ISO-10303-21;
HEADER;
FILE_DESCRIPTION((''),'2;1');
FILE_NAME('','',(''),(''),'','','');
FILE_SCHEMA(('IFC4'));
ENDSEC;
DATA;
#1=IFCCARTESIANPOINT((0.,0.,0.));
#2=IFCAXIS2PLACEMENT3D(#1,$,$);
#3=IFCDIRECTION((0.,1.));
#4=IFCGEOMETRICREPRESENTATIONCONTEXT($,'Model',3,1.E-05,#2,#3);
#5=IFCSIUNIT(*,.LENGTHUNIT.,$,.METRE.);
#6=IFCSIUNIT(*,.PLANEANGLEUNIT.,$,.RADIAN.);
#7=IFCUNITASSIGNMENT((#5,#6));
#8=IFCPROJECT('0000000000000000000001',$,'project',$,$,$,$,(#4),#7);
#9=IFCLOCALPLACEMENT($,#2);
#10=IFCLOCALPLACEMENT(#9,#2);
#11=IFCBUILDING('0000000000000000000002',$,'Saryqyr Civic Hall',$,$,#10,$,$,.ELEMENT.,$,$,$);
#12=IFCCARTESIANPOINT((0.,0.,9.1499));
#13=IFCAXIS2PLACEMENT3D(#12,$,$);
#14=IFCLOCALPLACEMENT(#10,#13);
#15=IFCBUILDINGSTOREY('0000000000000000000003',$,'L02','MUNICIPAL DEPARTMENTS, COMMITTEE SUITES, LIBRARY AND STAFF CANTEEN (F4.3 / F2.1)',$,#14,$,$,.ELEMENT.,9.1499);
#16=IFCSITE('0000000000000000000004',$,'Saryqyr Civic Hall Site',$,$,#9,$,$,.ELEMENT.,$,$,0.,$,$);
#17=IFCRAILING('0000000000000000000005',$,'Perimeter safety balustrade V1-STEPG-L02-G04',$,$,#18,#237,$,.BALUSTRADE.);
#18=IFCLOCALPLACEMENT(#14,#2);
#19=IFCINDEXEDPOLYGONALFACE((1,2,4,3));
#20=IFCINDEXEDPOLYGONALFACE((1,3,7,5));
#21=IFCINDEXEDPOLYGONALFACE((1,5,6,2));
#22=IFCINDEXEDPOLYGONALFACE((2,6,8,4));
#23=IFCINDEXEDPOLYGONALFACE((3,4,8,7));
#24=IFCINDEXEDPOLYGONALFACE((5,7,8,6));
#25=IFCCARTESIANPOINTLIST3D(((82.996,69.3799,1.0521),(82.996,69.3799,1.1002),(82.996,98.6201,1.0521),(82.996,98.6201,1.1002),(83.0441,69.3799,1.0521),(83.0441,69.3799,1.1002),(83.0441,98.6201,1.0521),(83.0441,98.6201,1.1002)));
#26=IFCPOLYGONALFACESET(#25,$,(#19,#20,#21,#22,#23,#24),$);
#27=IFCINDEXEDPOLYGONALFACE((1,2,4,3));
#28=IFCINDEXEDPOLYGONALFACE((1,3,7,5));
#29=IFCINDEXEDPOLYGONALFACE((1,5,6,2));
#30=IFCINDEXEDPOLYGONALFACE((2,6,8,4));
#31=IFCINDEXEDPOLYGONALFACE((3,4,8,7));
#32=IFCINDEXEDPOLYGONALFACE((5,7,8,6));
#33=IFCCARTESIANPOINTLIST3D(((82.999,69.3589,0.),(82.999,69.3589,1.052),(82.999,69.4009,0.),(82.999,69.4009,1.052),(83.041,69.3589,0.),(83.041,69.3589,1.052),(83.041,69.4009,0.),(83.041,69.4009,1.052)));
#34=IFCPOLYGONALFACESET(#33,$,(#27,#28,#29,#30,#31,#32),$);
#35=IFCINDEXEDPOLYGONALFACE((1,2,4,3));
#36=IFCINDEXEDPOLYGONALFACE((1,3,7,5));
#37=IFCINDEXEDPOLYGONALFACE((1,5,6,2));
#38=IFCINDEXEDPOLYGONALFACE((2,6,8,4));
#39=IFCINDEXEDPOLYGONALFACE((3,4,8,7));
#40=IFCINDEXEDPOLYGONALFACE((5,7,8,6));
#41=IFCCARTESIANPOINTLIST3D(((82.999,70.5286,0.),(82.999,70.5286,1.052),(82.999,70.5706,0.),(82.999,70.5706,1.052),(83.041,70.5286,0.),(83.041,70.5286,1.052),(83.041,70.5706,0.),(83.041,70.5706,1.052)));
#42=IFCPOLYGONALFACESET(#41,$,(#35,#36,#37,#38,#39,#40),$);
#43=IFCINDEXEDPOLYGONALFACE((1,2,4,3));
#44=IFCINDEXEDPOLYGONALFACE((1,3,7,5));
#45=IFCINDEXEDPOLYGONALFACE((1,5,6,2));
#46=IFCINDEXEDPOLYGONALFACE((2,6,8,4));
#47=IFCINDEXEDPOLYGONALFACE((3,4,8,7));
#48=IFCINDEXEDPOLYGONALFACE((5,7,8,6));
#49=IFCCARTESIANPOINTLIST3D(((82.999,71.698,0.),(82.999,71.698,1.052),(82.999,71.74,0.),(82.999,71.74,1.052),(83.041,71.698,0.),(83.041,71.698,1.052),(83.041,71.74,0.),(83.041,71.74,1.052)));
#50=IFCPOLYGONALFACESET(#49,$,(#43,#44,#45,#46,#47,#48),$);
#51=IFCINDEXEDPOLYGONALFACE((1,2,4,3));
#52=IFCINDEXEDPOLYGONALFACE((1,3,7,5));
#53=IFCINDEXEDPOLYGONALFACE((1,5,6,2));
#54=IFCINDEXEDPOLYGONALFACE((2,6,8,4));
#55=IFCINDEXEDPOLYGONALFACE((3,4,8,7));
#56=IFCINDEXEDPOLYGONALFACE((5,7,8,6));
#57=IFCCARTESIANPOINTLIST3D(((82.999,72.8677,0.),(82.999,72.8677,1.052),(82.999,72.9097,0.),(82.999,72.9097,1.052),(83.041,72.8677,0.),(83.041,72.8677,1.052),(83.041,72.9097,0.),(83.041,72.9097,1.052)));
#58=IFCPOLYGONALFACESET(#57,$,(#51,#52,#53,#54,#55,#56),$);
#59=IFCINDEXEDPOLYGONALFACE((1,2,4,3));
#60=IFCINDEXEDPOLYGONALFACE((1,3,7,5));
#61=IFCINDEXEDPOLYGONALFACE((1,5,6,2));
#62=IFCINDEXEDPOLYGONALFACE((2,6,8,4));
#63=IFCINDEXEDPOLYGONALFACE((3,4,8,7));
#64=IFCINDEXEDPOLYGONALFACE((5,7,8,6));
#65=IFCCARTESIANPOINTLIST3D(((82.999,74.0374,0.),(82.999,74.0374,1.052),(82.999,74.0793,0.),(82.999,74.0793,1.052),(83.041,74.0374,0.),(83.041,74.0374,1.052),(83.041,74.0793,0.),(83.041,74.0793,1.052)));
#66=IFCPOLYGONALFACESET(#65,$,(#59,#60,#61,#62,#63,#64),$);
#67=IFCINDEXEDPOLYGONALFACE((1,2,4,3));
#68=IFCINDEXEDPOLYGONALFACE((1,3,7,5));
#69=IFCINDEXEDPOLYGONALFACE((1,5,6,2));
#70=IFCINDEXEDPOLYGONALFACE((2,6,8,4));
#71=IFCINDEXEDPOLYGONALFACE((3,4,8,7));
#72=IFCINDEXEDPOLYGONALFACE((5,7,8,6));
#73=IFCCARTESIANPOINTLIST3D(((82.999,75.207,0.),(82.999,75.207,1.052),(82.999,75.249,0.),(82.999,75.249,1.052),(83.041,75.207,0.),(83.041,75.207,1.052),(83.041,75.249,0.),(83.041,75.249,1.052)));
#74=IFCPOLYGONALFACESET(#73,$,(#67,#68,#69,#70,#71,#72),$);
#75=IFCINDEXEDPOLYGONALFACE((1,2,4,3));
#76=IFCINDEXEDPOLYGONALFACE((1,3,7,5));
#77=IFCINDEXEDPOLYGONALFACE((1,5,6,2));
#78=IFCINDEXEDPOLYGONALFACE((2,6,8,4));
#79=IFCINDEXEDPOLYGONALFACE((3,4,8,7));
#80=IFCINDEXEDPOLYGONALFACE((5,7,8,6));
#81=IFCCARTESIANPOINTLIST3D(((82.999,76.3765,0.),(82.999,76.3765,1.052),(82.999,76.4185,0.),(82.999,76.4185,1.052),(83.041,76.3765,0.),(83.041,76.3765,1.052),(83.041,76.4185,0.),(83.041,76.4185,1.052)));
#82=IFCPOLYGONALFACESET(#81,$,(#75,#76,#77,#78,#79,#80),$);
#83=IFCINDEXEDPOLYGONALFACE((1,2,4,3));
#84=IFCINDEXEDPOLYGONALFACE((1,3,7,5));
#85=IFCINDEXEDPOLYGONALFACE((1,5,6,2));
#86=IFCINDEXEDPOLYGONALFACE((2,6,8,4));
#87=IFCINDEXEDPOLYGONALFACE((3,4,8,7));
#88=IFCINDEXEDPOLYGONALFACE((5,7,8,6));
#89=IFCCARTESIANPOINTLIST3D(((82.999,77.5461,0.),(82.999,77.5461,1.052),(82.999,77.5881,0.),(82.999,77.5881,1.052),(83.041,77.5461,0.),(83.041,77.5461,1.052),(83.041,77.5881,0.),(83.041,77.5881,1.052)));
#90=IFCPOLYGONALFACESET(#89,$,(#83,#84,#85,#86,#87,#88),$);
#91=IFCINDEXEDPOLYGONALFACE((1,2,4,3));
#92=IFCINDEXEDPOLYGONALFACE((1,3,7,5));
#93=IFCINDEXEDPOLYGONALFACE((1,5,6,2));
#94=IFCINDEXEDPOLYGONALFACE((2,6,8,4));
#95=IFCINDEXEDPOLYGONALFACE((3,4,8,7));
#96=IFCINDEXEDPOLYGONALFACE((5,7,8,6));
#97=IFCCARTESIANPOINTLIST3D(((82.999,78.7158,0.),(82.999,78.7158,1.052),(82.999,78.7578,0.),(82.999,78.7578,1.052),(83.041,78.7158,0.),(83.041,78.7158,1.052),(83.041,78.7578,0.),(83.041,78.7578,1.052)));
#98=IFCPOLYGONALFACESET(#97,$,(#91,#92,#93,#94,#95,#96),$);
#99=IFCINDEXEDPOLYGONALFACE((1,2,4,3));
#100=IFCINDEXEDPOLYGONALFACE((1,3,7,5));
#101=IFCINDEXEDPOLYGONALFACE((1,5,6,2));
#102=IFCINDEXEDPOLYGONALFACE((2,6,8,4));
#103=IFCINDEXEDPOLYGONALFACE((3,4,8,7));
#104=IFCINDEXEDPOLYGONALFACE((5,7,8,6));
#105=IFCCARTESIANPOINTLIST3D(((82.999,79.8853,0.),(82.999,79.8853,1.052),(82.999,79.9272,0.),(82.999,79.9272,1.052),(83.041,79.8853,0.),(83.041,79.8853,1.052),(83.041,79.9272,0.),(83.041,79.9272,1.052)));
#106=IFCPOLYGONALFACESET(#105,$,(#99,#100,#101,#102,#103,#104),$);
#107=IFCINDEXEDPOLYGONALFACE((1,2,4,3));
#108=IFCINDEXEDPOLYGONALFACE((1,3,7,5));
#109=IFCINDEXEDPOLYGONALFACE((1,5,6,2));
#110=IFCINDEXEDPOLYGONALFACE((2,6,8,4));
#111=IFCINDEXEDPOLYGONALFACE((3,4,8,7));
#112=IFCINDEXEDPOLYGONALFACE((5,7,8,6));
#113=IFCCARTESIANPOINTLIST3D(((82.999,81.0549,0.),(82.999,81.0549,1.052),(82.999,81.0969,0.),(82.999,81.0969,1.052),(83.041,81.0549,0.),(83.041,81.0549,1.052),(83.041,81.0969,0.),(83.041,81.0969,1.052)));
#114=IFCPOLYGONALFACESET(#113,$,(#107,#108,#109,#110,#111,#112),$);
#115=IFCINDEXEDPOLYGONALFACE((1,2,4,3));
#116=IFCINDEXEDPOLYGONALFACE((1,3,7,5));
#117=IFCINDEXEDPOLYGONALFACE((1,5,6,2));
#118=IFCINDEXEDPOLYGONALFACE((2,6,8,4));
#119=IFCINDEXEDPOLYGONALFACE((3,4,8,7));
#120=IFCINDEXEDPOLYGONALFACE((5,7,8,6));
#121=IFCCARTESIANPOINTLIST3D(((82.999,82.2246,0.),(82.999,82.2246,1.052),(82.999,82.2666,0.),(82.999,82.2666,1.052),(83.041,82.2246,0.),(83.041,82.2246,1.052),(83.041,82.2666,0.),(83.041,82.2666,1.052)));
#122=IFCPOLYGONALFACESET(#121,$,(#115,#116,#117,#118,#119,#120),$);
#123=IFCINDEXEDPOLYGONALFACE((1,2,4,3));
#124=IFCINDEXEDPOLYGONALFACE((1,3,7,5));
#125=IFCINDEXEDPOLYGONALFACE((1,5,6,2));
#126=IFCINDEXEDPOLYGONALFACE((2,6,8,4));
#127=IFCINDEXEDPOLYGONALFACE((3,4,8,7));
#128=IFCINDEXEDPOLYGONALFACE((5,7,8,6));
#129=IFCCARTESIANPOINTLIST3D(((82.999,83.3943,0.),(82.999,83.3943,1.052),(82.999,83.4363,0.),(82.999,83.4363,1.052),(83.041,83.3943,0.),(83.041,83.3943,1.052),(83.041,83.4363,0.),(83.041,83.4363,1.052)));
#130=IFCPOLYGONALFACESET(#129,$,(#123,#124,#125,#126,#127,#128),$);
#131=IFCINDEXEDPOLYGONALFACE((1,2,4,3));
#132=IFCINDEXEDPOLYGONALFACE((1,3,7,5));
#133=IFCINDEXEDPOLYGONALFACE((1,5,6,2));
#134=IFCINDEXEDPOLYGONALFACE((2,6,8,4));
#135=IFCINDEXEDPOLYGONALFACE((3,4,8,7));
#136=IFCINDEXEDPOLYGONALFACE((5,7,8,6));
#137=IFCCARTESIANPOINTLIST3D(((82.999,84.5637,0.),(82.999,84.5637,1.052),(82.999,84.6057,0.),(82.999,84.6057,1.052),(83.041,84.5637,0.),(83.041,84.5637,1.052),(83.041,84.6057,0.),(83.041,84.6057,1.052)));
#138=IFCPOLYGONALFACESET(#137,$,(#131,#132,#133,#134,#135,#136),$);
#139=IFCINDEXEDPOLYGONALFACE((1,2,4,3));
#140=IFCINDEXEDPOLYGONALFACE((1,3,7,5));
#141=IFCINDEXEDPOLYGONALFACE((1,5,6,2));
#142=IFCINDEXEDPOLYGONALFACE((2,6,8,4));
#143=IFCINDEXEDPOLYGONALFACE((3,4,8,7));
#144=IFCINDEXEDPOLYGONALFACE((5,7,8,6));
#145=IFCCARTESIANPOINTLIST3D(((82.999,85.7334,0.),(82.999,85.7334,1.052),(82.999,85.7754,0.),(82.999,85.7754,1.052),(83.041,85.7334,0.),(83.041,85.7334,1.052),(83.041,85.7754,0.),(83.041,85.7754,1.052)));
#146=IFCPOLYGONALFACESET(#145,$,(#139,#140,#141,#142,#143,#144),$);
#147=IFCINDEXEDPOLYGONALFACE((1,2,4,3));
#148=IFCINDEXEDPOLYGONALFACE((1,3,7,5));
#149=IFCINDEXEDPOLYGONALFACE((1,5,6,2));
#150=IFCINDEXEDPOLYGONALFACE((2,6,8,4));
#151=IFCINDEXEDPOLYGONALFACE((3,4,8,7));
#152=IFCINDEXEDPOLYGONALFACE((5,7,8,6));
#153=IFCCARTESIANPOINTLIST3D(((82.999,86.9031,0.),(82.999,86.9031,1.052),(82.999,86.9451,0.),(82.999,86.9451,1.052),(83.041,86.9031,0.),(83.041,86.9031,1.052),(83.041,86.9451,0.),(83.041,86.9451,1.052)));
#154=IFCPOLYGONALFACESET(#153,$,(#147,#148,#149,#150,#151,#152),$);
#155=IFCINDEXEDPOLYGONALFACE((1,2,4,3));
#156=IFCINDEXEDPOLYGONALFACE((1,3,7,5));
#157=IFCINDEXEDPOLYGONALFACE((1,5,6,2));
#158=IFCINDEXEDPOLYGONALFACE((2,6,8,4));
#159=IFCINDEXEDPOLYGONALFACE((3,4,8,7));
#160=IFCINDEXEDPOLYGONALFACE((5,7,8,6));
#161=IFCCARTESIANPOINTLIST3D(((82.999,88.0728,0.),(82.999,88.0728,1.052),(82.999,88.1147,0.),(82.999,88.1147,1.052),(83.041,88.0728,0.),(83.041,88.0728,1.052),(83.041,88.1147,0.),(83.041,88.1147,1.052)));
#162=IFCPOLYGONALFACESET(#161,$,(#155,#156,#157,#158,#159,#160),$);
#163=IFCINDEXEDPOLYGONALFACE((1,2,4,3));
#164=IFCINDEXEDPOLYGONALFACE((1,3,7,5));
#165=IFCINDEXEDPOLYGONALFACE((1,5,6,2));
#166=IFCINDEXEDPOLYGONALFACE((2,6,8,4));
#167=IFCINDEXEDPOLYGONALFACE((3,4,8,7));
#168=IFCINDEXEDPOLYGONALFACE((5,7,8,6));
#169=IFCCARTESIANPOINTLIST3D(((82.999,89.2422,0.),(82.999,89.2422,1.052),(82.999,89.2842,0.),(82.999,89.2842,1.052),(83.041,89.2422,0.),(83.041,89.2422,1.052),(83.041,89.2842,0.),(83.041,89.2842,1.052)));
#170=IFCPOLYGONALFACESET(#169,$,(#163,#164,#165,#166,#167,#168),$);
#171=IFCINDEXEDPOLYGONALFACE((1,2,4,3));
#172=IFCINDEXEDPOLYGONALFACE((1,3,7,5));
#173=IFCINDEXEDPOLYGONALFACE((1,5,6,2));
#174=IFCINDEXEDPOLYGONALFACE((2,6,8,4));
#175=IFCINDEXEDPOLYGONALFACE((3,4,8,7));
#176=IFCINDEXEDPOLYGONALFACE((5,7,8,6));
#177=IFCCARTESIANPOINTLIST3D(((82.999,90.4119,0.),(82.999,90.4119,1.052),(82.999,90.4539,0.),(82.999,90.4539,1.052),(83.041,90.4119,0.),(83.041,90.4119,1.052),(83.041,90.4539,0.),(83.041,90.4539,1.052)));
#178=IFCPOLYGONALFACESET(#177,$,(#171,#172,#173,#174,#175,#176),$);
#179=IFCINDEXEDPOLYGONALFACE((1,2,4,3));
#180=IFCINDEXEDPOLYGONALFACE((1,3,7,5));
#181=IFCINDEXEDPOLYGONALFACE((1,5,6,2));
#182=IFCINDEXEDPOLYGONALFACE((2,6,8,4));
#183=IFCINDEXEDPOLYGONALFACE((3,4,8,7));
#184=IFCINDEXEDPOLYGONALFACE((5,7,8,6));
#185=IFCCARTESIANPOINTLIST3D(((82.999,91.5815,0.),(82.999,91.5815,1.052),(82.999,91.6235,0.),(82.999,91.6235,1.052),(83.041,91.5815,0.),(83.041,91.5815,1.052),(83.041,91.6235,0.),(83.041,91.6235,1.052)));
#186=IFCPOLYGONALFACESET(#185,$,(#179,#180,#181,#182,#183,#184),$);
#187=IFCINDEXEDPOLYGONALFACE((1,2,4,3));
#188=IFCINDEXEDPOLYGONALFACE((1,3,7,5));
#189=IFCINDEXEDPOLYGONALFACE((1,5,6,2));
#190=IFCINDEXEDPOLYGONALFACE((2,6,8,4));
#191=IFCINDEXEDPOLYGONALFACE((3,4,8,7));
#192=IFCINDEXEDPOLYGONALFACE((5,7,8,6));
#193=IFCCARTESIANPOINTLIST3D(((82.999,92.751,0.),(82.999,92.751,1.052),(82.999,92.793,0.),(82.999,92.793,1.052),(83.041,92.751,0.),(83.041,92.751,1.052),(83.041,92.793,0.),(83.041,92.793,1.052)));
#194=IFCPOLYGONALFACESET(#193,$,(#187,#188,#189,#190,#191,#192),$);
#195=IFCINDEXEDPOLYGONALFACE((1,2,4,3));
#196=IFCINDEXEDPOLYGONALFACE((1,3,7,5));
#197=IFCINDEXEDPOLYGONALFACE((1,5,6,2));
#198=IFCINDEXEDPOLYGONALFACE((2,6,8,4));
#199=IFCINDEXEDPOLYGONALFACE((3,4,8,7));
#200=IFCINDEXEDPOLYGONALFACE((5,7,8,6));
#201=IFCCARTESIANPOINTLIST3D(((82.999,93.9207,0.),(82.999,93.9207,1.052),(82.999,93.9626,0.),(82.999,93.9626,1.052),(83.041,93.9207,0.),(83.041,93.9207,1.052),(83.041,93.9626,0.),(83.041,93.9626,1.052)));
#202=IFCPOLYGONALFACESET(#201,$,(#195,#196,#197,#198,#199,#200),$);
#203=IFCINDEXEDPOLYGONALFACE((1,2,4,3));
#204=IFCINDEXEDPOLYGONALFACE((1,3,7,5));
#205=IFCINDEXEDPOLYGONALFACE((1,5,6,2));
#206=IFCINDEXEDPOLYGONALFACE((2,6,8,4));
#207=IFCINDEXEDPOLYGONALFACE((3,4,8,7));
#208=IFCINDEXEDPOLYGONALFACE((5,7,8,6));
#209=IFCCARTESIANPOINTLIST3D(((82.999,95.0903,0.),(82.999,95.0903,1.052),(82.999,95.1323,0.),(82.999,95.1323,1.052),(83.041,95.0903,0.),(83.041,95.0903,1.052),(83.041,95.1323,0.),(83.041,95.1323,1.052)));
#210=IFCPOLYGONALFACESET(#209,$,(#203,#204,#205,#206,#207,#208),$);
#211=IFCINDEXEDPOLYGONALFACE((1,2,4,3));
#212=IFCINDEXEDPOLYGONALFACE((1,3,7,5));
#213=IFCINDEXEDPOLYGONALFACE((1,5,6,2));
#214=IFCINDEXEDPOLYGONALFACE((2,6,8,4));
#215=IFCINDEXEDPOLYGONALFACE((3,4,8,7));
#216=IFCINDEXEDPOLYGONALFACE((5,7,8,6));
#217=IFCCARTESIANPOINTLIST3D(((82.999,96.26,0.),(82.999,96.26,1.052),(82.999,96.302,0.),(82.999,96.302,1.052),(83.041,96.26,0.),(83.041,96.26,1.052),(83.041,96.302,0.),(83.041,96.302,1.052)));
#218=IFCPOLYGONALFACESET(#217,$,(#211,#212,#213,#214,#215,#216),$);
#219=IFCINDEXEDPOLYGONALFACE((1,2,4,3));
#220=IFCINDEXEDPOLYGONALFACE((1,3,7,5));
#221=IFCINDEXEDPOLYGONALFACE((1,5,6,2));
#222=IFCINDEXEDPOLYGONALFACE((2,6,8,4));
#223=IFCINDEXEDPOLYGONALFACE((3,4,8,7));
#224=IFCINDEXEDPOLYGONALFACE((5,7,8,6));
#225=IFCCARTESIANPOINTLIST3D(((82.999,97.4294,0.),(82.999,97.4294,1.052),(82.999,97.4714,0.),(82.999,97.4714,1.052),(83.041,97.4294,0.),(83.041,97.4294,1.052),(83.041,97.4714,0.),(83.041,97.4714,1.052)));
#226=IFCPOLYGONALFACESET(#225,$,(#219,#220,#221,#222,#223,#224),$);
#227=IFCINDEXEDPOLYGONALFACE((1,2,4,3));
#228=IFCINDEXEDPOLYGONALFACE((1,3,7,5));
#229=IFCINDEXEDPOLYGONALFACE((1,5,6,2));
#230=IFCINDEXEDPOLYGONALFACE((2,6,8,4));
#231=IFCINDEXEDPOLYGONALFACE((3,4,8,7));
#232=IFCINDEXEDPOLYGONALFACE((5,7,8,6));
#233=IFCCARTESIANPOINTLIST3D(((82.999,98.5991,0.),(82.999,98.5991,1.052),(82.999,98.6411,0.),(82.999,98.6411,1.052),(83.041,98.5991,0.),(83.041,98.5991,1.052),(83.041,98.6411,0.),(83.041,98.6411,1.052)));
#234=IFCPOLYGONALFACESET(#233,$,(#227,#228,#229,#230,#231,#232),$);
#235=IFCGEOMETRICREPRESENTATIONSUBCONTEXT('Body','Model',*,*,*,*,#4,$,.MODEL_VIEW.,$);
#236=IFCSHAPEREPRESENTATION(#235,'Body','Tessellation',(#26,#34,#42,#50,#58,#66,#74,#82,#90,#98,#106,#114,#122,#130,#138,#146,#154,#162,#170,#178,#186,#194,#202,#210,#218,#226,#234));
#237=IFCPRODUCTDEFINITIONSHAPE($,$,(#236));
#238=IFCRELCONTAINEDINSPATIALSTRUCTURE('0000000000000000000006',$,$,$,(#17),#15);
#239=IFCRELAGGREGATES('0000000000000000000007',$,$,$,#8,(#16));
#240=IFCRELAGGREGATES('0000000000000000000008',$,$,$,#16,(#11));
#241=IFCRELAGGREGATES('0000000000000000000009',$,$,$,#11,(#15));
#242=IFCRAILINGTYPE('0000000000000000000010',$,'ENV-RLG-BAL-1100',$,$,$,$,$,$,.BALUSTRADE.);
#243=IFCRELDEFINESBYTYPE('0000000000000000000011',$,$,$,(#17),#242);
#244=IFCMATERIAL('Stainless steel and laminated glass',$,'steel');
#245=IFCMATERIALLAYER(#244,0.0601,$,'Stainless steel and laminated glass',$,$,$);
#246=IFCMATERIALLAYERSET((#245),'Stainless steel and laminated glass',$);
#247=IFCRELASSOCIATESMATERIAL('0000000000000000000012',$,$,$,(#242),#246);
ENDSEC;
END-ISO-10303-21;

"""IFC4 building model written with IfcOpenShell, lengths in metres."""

from ifc_helpers import new_model, si_unit, direction, frame, origin, origin_2d, place, context, subcontext, project, spatial, rectangle, extrude, material, layer, layer_set, type_object, element, save


model = new_model("IFC4")

# Units and contexts
model_context = context("Model", 3, precision=1e-05, world=origin(), true_north=direction((0.0, 1.0)))
body_context = subcontext(model_context, "Body", "Model", "MODEL_VIEW")
ifc_project = project(units=[si_unit("LENGTHUNIT", "METRE"), si_unit("PLANEANGLEUNIT", "RADIAN")], contexts=[model_context])

# Site, building, storey
site_placement = place(None, origin())
site = spatial("IfcSite", under=ifc_project, at=site_placement, Name="Saryqyr Civic Hall Site", CompositionType="ELEMENT", RefElevation=0.0)
building_placement = place(site_placement, origin())
building = spatial("IfcBuilding", under=site, at=building_placement, Name="Saryqyr Civic Hall", CompositionType="ELEMENT")
storey_placement = place(building_placement, frame((0.0, 0.0, 9.1499)))
storey = spatial("IfcBuildingStorey", under=building, at=storey_placement, Name="L02", Description="MUNICIPAL DEPARTMENTS, COMMITTEE SUITES, LIBRARY AND STAFF CANTEEN (F4.3 / F2.1)", CompositionType="ELEMENT", Elevation=9.1499)

# Railing
ifc_material_1 = material(Name="Stainless steel and laminated glass", Category="steel")
ifc_layer_1 = layer(ifc_material_1, 0.0601, Name="Stainless steel and laminated glass")
ifc_layer_set_1 = layer_set([ifc_layer_1], Name="Stainless steel and laminated glass")
railing_type_1 = type_object("IfcRailingType", Name="ENV-RLG-BAL-1100", PredefinedType="BALUSTRADE", material=ifc_layer_set_1)
railing_1_placement = place(storey_placement, frame((83.02, 69.3799, 0.0)))
element("IfcRailing", 1, at=railing_1_placement, inside=storey, type_object=railing_type_1, Name="Perimeter safety balustrade V1-STEPG-L02-G04", PredefinedType="BALUSTRADE", context=body_context, shape_type="SweptSolid", body=[
    extrude(rectangle(XDim=0.0481, YDim=0.0481, at=origin_2d()), frame((0.0, 0.0, 1.0762), z_axis=(0.0, 1.0, 0.0), x_axis=(-1.0, 0.0, 0.0)), (0.0, 0.0, 1.0), 29.2402),
    extrude(rectangle(XDim=0.042, YDim=0.042, at=origin_2d()), origin(), (0.0, 0.0, 1.0), 1.052),
    extrude(rectangle(XDim=0.042, YDim=0.042, at=origin_2d()), frame((0.0, 1.1697, 0.0)), (0.0, 0.0, 1.0), 1.052),
    extrude(rectangle(XDim=0.042, YDim=0.042, at=origin_2d()), frame((0.0, 2.3391, 0.0)), (0.0, 0.0, 1.0), 1.052),
    extrude(rectangle(XDim=0.042, YDim=0.042, at=origin_2d()), frame((0.0, 3.5088, 0.0)), (0.0, 0.0, 1.0), 1.052),
    extrude(rectangle(XDim=0.042, YDim=0.042, at=origin_2d()), frame((0.0, 4.6785, 0.0)), (0.0, 0.0, 1.0), 1.052),
    extrude(rectangle(XDim=0.042, YDim=0.042, at=origin_2d()), frame((0.0, 5.8481, 0.0)), (0.0, 0.0, 1.0), 1.052),
    extrude(rectangle(XDim=0.042, YDim=0.042, at=origin_2d()), frame((0.0, 7.0176, 0.0)), (0.0, 0.0, 1.0), 1.052),
    extrude(rectangle(XDim=0.042, YDim=0.042, at=origin_2d()), frame((0.0, 8.1873, 0.0)), (0.0, 0.0, 1.0), 1.052),
    extrude(rectangle(XDim=0.042, YDim=0.042, at=origin_2d()), frame((0.0, 9.3569, 0.0)), (0.0, 0.0, 1.0), 1.052),
    extrude(rectangle(XDim=0.042, YDim=0.042, at=origin_2d()), frame((0.0, 10.5264, 0.0)), (0.0, 0.0, 1.0), 1.052),
    extrude(rectangle(XDim=0.042, YDim=0.042, at=origin_2d()), frame((0.0, 11.696, 0.0)), (0.0, 0.0, 1.0), 1.052),
    extrude(rectangle(XDim=0.042, YDim=0.042, at=origin_2d()), frame((0.0, 12.8657, 0.0)), (0.0, 0.0, 1.0), 1.052),
    extrude(rectangle(XDim=0.042, YDim=0.042, at=origin_2d()), frame((0.0, 14.0354, 0.0)), (0.0, 0.0, 1.0), 1.052),
    extrude(rectangle(XDim=0.042, YDim=0.042, at=origin_2d()), frame((0.0, 15.2048, 0.0)), (0.0, 0.0, 1.0), 1.052),
    extrude(rectangle(XDim=0.042, YDim=0.042, at=origin_2d()), frame((0.0, 16.3745, 0.0)), (0.0, 0.0, 1.0), 1.052),
    extrude(rectangle(XDim=0.042, YDim=0.042, at=origin_2d()), frame((0.0, 17.5442, 0.0)), (0.0, 0.0, 1.0), 1.052),
    extrude(rectangle(XDim=0.042, YDim=0.042, at=origin_2d()), frame((0.0, 18.7139, 0.0)), (0.0, 0.0, 1.0), 1.052),
    extrude(rectangle(XDim=0.042, YDim=0.042, at=origin_2d()), frame((0.0, 19.8833, 0.0)), (0.0, 0.0, 1.0), 1.052),
    extrude(rectangle(XDim=0.042, YDim=0.042, at=origin_2d()), frame((0.0, 21.053, 0.0)), (0.0, 0.0, 1.0), 1.052),
    extrude(rectangle(XDim=0.042, YDim=0.042, at=origin_2d()), frame((0.0, 22.2227, 0.0)), (0.0, 0.0, 1.0), 1.052),
    extrude(rectangle(XDim=0.042, YDim=0.042, at=origin_2d()), frame((0.0, 23.3921, 0.0)), (0.0, 0.0, 1.0), 1.052),
    extrude(rectangle(XDim=0.042, YDim=0.042, at=origin_2d()), frame((0.0, 24.5618, 0.0)), (0.0, 0.0, 1.0), 1.052),
    extrude(rectangle(XDim=0.042, YDim=0.042, at=origin_2d()), frame((0.0, 25.7314, 0.0)), (0.0, 0.0, 1.0), 1.052),
    extrude(rectangle(XDim=0.042, YDim=0.042, at=origin_2d()), frame((0.0, 26.9011, 0.0)), (0.0, 0.0, 1.0), 1.052),
    extrude(rectangle(XDim=0.042, YDim=0.042, at=origin_2d()), frame((0.0, 28.0706, 0.0)), (0.0, 0.0, 1.0), 1.052),
    extrude(rectangle(XDim=0.042, YDim=0.042, at=origin_2d()), frame((0.0, 29.2402, 0.0)), (0.0, 0.0, 1.0), 1.052),
])

save(model, "model.ifc")
